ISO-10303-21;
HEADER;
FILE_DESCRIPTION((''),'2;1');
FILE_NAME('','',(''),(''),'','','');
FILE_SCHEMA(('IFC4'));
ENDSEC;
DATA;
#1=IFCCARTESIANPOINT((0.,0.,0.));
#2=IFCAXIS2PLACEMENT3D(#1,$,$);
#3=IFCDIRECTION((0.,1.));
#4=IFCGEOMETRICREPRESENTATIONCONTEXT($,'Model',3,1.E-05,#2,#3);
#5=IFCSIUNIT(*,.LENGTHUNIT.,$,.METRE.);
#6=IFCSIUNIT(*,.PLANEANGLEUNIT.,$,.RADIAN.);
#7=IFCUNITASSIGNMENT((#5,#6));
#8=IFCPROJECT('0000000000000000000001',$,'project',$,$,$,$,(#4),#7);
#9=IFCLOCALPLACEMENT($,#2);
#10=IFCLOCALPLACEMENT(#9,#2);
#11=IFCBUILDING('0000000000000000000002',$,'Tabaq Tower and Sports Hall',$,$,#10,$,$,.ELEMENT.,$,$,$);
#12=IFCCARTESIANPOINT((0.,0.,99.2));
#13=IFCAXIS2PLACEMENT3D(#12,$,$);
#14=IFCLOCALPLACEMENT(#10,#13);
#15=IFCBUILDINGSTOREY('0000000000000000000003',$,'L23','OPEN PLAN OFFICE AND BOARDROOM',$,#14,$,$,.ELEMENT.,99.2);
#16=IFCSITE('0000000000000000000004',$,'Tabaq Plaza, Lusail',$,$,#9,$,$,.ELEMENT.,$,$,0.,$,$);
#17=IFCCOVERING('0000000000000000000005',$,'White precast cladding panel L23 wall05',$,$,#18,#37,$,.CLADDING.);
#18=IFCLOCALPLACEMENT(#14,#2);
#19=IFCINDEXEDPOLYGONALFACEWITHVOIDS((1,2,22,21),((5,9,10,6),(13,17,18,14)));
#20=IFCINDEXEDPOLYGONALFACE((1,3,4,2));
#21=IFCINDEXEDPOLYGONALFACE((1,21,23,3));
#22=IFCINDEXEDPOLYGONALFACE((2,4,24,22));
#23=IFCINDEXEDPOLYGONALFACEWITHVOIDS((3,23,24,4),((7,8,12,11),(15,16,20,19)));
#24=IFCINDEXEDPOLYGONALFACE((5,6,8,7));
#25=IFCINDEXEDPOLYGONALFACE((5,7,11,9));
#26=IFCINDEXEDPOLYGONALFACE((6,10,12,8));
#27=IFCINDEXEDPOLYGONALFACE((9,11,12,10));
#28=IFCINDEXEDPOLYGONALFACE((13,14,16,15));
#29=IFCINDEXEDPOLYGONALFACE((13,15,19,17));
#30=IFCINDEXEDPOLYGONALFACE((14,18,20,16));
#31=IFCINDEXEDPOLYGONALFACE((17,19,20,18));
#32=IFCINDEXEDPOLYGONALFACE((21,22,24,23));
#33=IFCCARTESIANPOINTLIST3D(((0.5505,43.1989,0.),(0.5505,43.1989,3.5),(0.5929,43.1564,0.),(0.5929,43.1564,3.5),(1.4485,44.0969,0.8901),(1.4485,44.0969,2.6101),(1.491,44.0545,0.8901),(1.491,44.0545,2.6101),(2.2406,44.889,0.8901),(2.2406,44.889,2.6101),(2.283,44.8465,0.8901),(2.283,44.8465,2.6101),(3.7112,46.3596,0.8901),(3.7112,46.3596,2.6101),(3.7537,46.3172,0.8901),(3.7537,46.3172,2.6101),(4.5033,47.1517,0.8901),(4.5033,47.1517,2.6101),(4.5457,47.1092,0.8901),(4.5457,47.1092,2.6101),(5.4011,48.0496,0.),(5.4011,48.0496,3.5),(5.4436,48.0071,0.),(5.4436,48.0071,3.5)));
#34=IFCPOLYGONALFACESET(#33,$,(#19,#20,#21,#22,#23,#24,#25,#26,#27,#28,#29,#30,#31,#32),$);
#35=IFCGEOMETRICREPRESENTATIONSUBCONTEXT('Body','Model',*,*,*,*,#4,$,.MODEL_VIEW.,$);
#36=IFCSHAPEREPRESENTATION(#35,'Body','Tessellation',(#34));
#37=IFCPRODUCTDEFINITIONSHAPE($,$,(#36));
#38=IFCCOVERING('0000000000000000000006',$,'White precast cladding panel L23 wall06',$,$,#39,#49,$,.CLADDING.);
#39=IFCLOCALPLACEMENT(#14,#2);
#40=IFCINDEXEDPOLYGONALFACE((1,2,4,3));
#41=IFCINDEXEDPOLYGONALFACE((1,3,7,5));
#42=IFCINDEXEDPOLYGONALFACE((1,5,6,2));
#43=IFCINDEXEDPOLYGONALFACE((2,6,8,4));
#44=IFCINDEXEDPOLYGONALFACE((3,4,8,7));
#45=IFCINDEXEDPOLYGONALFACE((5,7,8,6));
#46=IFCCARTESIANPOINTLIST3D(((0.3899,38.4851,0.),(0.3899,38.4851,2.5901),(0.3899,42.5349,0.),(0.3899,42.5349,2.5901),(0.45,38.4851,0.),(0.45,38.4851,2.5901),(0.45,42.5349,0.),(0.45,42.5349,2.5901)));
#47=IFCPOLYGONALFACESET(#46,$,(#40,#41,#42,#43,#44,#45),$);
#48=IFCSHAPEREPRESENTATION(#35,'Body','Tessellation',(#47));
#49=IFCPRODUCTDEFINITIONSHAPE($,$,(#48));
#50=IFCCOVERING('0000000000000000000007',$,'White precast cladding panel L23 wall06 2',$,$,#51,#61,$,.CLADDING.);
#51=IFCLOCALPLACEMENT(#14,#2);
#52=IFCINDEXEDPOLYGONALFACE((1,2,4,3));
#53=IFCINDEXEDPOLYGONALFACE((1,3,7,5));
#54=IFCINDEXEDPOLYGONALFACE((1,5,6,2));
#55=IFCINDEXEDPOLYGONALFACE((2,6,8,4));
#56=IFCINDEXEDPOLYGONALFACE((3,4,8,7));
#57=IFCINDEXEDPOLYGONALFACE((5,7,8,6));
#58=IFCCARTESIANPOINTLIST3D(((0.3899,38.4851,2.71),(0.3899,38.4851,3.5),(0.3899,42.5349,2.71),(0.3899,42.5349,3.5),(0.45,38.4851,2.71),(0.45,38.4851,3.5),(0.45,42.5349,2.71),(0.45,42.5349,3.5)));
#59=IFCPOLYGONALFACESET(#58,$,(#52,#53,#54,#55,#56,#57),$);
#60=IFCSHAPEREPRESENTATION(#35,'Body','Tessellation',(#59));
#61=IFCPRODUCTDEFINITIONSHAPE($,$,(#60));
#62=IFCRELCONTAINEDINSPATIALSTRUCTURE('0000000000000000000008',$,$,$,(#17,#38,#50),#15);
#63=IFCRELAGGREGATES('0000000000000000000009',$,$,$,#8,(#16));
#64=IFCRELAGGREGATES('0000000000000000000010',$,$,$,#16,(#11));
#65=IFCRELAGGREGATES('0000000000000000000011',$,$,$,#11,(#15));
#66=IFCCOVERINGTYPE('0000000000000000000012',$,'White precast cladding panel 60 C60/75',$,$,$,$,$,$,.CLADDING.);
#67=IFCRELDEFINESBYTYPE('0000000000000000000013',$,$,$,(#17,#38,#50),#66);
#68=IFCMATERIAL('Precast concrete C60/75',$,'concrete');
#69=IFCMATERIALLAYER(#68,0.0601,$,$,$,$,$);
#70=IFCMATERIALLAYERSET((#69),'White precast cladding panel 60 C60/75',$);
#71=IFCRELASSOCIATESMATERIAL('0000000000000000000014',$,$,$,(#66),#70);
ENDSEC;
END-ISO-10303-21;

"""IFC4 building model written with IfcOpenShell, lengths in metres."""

from ifc_helpers import new_model, si_unit, direction, frame, frame_2d, origin, place, context, subcontext, project, spatial, polyline, rectangle, outline, extrude, material, layer, layer_set, type_object, element, save


model = new_model("IFC4")

# Units and contexts
model_context = context("Model", 3, precision=1e-05, world=origin(), true_north=direction((0.0, 1.0)))
body_context = subcontext(model_context, "Body", "Model", "MODEL_VIEW")
ifc_project = project(units=[si_unit("LENGTHUNIT", "METRE"), si_unit("PLANEANGLEUNIT", "RADIAN")], contexts=[model_context])

# Site, building, storey
site_placement = place(None, origin())
site = spatial("IfcSite", under=ifc_project, at=site_placement, Name="Tabaq Plaza, Lusail", CompositionType="ELEMENT", RefElevation=0.0)
building_placement = place(site_placement, origin())
building = spatial("IfcBuilding", under=site, at=building_placement, Name="Tabaq Tower and Sports Hall", CompositionType="ELEMENT")
storey_placement = place(building_placement, frame((0.0, 0.0, 99.2)))
storey = spatial("IfcBuildingStorey", under=building, at=storey_placement, Name="L23", Description="OPEN PLAN OFFICE AND BOARDROOM", CompositionType="ELEMENT", Elevation=99.2)

# Coverings
ifc_material_1 = material(Name="Precast concrete C60/75", Category="concrete")
ifc_layer_1 = layer(ifc_material_1, 0.0601)
ifc_layer_set_1 = layer_set([ifc_layer_1], Name="White precast cladding panel 60 C60/75")
covering_type_1 = type_object("IfcCoveringType", Name="White precast cladding panel 60 C60/75", PredefinedType="CLADDING", material=ifc_layer_set_1)
covering_1_placement = place(storey_placement, frame((5.4224, 48.0283, 0.0), z_axis=(0.0, 0.0, 1.0), x_axis=(-0.707107, -0.707107, 0.0)))
element("IfcCovering", 1, at=covering_1_placement, inside=storey, type_object=covering_type_1, Name="White precast cladding panel L23 wall05", PredefinedType="CLADDING", context=body_context, shape_type="SweptSolid", body=[
    extrude(outline(polyline([(0.0, 0.0), (6.8599, 0.0), (6.8599, 3.5), (0.0, 3.5), (0.0, 0.0)]), holes=[polyline([(1.2698, 2.6101), (2.3899, 2.6101), (2.3899, 0.8901), (1.2698, 0.8901), (1.2698, 2.6101)]), polyline([(4.4697, 2.6101), (5.5898, 2.6101), (5.5898, 0.8901), (4.4697, 0.8901), (4.4697, 2.6101)])]), frame((0.0, 0.03, 0.0), z_axis=(0.0, -1.0, 0.0), x_axis=(1.0, 0.0, 0.0)), (0.0, 0.0, 1.0), 0.0601),
])
covering_2_placement = place(storey_placement, frame((0.4199, 42.5349, 0.0), z_axis=(0.0, 0.0, 1.0), x_axis=(0.0, -1.0, 0.0)))
element("IfcCovering", 2, at=covering_2_placement, inside=storey, type_object=covering_type_1, Name="White precast cladding panel L23 wall06", PredefinedType="CLADDING", context=body_context, shape_type="SweptSolid", body=[
    extrude(rectangle(XDim=4.0498, YDim=0.0601, at=frame_2d((2.0249, 0.0))), origin(), (0.0, 0.0, 1.0), 2.5901),
])
covering_3_placement = place(storey_placement, frame((0.4199, 42.5349, 2.71), z_axis=(0.0, 0.0, 1.0), x_axis=(0.0, -1.0, 0.0)))
element("IfcCovering", 3, at=covering_3_placement, inside=storey, type_object=covering_type_1, Name="White precast cladding panel L23 wall06 2", PredefinedType="CLADDING", context=body_context, shape_type="SweptSolid", body=[
    extrude(rectangle(XDim=4.0498, YDim=0.0601, at=frame_2d((2.0249, 0.0))), origin(), (0.0, 0.0, 1.0), 0.79),
])

save(model, "model.ifc")
